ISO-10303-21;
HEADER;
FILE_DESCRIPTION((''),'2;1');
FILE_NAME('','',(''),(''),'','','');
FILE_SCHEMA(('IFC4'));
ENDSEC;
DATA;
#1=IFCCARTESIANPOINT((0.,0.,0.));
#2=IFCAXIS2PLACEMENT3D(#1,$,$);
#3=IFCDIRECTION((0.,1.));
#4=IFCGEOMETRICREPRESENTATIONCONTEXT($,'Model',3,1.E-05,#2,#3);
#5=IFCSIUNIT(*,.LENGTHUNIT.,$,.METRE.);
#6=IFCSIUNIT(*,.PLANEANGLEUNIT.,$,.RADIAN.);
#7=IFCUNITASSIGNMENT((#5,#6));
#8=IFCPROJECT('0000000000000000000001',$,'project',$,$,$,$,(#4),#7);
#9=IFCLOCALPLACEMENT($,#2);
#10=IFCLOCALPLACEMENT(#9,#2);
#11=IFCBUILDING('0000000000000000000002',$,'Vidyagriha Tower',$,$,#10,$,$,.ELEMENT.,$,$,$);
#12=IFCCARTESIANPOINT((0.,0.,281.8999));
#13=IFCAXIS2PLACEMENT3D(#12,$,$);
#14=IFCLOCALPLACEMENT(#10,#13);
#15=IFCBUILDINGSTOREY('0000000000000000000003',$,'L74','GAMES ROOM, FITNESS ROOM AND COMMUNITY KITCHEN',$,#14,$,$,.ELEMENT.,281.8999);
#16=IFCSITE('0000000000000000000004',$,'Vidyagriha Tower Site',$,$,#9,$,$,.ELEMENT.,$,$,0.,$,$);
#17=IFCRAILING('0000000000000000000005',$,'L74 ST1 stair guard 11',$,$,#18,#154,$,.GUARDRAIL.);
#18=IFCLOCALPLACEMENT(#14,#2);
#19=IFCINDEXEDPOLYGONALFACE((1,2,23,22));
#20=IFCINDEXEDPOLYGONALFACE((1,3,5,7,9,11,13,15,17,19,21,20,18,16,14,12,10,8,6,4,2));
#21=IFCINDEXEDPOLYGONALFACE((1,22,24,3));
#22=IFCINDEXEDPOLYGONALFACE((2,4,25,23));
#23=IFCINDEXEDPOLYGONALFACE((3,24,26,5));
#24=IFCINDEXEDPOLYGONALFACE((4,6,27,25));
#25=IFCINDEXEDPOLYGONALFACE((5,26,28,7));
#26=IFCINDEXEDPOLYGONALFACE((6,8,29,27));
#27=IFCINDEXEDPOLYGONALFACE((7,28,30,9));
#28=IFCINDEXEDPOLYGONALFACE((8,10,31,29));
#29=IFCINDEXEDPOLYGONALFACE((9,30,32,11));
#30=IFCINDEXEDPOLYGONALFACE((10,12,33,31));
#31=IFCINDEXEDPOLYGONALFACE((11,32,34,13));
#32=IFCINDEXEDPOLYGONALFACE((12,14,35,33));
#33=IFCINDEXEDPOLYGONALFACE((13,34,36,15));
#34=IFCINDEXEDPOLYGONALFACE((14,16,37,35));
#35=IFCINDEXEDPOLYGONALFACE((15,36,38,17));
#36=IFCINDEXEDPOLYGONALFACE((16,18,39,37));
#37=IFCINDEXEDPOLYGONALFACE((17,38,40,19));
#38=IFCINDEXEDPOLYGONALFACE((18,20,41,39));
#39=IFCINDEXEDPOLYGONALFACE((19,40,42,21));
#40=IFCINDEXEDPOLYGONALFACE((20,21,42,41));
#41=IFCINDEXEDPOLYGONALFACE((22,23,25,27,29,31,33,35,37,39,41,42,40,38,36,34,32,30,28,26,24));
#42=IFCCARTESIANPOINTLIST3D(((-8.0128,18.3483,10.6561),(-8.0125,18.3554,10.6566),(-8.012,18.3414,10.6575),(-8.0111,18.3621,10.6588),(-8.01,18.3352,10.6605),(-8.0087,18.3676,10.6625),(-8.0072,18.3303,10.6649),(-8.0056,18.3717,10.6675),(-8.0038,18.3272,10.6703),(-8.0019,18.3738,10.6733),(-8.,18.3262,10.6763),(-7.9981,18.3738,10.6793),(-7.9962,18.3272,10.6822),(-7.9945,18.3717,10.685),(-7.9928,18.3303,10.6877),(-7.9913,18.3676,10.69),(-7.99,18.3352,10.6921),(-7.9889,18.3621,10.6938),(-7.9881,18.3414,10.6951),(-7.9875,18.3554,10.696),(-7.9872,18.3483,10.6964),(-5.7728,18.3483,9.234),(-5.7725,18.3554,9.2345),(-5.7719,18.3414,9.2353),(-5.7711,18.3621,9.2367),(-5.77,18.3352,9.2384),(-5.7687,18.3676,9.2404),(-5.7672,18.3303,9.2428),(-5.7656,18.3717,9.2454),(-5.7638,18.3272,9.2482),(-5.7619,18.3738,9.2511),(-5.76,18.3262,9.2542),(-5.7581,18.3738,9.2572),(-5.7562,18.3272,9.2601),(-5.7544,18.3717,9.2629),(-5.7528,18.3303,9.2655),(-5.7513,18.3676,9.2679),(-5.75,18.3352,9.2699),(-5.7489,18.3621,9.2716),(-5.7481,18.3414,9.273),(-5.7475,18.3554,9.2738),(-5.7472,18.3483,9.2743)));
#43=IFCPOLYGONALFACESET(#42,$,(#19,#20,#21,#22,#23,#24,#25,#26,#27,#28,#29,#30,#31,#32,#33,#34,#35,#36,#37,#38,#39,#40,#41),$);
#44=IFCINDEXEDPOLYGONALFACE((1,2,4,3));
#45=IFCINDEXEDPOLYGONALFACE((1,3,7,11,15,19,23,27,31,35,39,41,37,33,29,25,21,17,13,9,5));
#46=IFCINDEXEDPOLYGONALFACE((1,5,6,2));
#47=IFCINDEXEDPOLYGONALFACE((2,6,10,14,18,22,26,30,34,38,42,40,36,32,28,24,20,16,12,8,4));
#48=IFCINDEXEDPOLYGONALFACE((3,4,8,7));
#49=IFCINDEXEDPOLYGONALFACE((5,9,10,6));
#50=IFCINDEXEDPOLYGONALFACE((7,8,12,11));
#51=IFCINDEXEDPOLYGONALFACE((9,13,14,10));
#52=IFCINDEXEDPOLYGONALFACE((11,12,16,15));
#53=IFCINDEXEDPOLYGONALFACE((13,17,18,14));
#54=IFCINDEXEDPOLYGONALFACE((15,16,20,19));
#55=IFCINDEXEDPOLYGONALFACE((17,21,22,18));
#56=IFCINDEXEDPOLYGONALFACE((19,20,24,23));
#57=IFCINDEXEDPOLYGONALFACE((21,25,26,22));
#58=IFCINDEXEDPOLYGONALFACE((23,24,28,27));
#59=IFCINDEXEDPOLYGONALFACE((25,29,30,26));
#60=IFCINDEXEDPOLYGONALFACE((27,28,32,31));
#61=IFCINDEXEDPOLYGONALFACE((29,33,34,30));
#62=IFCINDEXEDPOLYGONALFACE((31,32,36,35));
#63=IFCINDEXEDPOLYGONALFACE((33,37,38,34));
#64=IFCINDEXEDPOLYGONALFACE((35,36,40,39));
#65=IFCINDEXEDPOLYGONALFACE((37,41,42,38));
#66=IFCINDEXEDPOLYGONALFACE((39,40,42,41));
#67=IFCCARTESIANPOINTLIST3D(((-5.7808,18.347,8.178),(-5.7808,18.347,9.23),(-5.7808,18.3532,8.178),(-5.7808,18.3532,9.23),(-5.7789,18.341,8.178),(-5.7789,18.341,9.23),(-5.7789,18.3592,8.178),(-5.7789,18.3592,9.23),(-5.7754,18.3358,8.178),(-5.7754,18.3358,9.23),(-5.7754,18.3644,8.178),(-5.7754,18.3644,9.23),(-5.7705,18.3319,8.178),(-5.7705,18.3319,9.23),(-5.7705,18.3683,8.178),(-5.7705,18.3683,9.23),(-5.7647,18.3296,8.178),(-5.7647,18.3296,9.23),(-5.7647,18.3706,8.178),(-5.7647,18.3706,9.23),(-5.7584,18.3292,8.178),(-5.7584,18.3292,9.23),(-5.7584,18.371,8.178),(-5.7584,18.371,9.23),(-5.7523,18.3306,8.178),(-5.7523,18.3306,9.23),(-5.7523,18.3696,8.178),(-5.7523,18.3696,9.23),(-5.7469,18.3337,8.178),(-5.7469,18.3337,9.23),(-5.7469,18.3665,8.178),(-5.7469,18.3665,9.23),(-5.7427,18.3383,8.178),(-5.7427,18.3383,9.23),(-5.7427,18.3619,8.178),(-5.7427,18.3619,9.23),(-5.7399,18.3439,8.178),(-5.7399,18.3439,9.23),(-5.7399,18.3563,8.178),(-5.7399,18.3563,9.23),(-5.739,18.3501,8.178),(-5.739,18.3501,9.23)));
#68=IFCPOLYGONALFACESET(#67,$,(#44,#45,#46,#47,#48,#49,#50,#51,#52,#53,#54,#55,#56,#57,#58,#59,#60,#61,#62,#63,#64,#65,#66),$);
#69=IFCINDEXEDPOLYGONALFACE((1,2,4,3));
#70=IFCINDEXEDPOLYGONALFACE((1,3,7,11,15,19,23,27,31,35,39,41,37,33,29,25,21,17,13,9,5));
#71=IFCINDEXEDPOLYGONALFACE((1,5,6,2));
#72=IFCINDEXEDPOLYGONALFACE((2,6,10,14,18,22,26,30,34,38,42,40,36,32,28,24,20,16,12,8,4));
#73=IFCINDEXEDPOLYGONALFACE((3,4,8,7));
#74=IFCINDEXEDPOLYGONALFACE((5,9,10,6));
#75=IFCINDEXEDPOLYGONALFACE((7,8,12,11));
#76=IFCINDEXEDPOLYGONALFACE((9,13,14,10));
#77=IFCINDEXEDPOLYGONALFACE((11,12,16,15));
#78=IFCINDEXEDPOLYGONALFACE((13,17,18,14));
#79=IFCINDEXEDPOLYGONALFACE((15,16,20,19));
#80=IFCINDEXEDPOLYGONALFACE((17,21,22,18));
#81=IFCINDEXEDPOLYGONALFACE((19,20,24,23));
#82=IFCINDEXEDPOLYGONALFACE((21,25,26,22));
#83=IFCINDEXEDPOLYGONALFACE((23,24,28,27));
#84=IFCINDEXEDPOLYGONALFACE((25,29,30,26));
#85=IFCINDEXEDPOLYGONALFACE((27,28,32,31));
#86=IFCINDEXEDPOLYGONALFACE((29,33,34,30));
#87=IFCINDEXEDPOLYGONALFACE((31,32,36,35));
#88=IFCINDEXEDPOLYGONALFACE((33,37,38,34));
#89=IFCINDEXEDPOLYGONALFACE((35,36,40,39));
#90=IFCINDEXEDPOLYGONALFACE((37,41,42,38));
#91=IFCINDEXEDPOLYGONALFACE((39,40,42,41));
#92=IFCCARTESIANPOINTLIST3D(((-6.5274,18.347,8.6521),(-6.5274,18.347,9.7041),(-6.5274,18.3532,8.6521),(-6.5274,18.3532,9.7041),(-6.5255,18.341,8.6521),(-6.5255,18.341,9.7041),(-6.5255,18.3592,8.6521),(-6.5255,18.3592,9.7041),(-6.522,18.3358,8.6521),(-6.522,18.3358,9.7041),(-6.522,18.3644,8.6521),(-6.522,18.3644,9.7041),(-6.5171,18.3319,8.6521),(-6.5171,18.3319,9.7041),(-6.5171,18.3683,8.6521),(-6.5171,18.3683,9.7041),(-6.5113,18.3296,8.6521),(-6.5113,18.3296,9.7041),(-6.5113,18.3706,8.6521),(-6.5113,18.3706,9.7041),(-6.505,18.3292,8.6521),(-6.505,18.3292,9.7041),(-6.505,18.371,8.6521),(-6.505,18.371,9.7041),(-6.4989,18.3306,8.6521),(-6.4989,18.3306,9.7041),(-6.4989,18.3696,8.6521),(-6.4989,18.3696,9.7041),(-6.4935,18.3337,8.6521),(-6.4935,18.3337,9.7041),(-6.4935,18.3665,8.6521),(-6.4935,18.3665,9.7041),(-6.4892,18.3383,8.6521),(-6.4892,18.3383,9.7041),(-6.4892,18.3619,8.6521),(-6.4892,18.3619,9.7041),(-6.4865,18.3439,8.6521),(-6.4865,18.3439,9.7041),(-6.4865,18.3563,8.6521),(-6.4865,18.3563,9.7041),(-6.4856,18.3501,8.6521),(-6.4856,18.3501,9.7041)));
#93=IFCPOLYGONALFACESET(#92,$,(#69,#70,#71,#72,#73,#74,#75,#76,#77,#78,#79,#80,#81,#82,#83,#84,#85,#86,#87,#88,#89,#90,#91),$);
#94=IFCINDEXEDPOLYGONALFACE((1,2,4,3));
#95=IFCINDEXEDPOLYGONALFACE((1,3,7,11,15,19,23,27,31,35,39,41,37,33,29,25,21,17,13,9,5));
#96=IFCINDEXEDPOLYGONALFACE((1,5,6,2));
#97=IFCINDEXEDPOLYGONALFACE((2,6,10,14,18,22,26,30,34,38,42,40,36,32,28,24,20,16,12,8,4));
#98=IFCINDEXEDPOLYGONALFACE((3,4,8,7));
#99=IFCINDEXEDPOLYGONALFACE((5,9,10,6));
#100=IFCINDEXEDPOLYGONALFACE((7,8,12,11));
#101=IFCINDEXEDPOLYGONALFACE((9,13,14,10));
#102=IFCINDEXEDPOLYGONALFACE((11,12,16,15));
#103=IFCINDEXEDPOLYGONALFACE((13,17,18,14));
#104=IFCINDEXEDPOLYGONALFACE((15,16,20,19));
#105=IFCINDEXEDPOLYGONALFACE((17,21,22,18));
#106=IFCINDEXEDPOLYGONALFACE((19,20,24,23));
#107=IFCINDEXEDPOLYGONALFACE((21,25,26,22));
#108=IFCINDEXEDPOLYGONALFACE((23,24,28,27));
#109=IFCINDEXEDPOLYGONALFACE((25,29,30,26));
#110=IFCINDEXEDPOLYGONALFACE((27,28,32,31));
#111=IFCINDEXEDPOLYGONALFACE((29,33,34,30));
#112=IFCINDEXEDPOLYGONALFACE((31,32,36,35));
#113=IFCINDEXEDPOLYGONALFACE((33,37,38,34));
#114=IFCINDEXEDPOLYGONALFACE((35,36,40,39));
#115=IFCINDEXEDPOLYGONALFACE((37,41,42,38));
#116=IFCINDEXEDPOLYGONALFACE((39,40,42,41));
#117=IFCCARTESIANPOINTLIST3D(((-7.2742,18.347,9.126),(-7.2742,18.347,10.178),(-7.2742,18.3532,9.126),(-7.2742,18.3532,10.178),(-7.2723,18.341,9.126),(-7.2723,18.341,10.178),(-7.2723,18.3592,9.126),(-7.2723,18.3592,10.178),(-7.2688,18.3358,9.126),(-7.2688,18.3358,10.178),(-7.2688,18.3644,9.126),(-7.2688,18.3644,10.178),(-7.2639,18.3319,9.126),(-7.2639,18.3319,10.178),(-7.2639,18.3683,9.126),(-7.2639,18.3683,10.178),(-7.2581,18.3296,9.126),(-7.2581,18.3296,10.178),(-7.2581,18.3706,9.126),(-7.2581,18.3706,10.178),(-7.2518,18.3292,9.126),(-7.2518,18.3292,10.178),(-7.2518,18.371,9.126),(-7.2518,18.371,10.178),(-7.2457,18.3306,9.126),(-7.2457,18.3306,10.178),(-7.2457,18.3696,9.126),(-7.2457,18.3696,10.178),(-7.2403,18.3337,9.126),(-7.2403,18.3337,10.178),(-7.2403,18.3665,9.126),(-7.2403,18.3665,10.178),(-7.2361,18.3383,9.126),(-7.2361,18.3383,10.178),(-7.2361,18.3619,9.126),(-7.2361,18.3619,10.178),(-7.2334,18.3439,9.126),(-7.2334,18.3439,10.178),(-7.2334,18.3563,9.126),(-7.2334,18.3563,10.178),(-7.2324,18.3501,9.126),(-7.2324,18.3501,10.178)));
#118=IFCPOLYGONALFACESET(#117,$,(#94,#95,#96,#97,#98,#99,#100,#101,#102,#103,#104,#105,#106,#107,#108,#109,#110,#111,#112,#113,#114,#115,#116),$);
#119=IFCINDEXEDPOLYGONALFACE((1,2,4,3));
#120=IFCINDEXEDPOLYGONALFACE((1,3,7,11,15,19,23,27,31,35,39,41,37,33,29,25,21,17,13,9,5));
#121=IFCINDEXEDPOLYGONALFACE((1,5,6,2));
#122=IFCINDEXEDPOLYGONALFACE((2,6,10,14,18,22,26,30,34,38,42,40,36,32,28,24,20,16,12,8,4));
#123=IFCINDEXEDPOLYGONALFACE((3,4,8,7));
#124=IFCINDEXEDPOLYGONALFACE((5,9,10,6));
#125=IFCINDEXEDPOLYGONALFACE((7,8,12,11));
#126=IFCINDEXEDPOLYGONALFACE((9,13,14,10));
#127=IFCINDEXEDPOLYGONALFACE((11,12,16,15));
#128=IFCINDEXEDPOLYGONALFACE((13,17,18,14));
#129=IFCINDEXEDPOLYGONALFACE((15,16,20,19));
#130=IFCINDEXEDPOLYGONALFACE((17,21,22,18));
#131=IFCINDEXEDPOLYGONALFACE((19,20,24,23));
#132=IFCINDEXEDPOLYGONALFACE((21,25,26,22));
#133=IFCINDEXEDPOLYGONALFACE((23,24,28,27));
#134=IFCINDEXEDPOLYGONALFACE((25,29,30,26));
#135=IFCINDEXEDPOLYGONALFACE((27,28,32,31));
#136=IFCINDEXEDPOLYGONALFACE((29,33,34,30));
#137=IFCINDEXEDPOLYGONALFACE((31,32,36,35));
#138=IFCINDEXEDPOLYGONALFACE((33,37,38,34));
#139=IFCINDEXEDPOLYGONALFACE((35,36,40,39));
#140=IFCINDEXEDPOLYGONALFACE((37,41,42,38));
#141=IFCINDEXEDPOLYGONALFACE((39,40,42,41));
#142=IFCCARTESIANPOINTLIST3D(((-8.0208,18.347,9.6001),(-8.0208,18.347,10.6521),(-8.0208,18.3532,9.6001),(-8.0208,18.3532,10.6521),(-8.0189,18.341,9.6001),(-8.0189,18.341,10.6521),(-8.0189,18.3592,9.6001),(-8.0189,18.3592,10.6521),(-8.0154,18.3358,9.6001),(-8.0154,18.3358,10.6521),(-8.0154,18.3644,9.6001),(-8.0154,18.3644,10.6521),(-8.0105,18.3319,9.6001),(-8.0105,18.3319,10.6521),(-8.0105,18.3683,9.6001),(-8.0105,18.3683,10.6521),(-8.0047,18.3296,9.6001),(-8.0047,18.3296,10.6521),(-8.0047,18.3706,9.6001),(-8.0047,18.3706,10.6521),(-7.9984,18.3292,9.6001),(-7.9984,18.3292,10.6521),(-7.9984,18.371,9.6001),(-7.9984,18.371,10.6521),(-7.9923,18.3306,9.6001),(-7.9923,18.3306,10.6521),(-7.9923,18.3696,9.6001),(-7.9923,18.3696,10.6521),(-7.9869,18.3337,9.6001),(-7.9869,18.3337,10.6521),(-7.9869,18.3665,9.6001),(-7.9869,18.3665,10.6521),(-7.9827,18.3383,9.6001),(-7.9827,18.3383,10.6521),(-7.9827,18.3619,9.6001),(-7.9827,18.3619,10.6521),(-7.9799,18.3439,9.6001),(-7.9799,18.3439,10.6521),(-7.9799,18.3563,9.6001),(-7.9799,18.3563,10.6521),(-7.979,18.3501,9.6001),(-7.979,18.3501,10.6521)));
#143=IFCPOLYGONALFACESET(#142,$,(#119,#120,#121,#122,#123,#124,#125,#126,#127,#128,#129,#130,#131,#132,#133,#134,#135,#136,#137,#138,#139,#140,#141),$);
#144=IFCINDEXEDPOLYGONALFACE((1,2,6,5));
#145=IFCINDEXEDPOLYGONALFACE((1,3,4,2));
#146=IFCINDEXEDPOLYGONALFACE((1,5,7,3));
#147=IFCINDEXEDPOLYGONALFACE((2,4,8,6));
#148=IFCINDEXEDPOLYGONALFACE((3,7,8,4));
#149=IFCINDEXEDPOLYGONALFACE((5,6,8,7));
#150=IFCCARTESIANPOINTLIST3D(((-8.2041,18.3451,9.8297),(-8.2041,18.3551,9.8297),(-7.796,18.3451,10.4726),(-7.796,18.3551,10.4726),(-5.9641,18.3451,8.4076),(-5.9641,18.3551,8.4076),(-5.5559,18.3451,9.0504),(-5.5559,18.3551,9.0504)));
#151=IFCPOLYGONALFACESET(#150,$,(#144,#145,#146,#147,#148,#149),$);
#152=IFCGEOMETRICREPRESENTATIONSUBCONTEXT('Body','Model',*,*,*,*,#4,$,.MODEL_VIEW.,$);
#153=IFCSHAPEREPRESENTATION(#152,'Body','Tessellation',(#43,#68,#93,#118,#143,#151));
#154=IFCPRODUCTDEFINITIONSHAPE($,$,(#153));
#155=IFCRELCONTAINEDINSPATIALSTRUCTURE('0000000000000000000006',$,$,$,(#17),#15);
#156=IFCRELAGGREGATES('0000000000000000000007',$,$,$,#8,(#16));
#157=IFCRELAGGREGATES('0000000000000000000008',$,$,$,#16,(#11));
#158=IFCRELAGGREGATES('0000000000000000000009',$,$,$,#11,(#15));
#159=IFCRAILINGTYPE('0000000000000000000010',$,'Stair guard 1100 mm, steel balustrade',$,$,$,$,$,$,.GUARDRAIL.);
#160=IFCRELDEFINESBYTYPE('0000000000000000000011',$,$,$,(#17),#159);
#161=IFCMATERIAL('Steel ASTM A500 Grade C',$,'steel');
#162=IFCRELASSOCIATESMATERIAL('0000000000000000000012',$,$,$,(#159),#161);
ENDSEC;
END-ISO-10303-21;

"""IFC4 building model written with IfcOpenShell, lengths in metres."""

from ifc_helpers import new_model, si_unit, direction, frame, origin, origin_2d, place, context, subcontext, project, spatial, rectangle, circle, extrude, material, type_object, element, save


model = new_model("IFC4")

# Units and contexts
model_context = context("Model", 3, precision=1e-05, world=origin(), true_north=direction((0.0, 1.0)))
body_context = subcontext(model_context, "Body", "Model", "MODEL_VIEW")
ifc_project = project(units=[si_unit("LENGTHUNIT", "METRE"), si_unit("PLANEANGLEUNIT", "RADIAN")], contexts=[model_context])

# Site, building, storey
site_placement = place(None, origin())
site = spatial("IfcSite", under=ifc_project, at=site_placement, Name="Vidyagriha Tower Site", CompositionType="ELEMENT", RefElevation=0.0)
building_placement = place(site_placement, origin())
building = spatial("IfcBuilding", under=site, at=building_placement, Name="Vidyagriha Tower", CompositionType="ELEMENT")
storey_placement = place(building_placement, frame((0.0, 0.0, 281.8999)))
storey = spatial("IfcBuildingStorey", under=building, at=storey_placement, Name="L74", Description="GAMES ROOM, FITNESS ROOM AND COMMUNITY KITCHEN", CompositionType="ELEMENT", Elevation=281.8999)

# Railing
ifc_material_1 = material(Name="Steel ASTM A500 Grade C", Category="steel")
railing_type_1 = type_object("IfcRailingType", Name="Stair guard 1100 mm, steel balustrade", PredefinedType="GUARDRAIL", material=ifc_material_1)
railing_1_placement = place(storey_placement, frame((-5.76, 18.3501, 8.178)))
element("IfcRailing", 1, at=railing_1_placement, inside=storey, type_object=railing_type_1, Name="L74 ST1 stair guard 11", PredefinedType="GUARDRAIL", context=body_context, shape_type="SweptSolid", body=[
    extrude(circle(Radius=0.0239, at=origin_2d()), frame((0.0, 0.0, 1.0762), z_axis=(-0.844229, 0.0, 0.535982), x_axis=(0.0, -1.0, 0.0)), (0.0, 0.0, 1.0), 2.6533),
    extrude(circle(Radius=0.021, at=origin_2d()), origin(), (0.0, 0.0, 1.0), 1.052),
    extrude(circle(Radius=0.021, at=origin_2d()), frame((-0.7466, 0.0, 0.4741)), (0.0, 0.0, 1.0), 1.052),
    extrude(circle(Radius=0.021, at=origin_2d()), frame((-1.4934, 0.0, 0.948)), (0.0, 0.0, 1.0), 1.052),
    extrude(circle(Radius=0.021, at=origin_2d()), frame((-2.24, 0.0, 1.4221)), (0.0, 0.0, 1.0), 1.052),
    extrude(rectangle(XDim=0.01, YDim=0.7615, at=origin_2d()), frame((0.0, 0.0, 0.551), z_axis=(-0.844229, 0.0, 0.535982), x_axis=(0.0, -1.0, 0.0)), (0.0, 0.0, 1.0), 2.6533),
])

save(model, "model.ifc")
